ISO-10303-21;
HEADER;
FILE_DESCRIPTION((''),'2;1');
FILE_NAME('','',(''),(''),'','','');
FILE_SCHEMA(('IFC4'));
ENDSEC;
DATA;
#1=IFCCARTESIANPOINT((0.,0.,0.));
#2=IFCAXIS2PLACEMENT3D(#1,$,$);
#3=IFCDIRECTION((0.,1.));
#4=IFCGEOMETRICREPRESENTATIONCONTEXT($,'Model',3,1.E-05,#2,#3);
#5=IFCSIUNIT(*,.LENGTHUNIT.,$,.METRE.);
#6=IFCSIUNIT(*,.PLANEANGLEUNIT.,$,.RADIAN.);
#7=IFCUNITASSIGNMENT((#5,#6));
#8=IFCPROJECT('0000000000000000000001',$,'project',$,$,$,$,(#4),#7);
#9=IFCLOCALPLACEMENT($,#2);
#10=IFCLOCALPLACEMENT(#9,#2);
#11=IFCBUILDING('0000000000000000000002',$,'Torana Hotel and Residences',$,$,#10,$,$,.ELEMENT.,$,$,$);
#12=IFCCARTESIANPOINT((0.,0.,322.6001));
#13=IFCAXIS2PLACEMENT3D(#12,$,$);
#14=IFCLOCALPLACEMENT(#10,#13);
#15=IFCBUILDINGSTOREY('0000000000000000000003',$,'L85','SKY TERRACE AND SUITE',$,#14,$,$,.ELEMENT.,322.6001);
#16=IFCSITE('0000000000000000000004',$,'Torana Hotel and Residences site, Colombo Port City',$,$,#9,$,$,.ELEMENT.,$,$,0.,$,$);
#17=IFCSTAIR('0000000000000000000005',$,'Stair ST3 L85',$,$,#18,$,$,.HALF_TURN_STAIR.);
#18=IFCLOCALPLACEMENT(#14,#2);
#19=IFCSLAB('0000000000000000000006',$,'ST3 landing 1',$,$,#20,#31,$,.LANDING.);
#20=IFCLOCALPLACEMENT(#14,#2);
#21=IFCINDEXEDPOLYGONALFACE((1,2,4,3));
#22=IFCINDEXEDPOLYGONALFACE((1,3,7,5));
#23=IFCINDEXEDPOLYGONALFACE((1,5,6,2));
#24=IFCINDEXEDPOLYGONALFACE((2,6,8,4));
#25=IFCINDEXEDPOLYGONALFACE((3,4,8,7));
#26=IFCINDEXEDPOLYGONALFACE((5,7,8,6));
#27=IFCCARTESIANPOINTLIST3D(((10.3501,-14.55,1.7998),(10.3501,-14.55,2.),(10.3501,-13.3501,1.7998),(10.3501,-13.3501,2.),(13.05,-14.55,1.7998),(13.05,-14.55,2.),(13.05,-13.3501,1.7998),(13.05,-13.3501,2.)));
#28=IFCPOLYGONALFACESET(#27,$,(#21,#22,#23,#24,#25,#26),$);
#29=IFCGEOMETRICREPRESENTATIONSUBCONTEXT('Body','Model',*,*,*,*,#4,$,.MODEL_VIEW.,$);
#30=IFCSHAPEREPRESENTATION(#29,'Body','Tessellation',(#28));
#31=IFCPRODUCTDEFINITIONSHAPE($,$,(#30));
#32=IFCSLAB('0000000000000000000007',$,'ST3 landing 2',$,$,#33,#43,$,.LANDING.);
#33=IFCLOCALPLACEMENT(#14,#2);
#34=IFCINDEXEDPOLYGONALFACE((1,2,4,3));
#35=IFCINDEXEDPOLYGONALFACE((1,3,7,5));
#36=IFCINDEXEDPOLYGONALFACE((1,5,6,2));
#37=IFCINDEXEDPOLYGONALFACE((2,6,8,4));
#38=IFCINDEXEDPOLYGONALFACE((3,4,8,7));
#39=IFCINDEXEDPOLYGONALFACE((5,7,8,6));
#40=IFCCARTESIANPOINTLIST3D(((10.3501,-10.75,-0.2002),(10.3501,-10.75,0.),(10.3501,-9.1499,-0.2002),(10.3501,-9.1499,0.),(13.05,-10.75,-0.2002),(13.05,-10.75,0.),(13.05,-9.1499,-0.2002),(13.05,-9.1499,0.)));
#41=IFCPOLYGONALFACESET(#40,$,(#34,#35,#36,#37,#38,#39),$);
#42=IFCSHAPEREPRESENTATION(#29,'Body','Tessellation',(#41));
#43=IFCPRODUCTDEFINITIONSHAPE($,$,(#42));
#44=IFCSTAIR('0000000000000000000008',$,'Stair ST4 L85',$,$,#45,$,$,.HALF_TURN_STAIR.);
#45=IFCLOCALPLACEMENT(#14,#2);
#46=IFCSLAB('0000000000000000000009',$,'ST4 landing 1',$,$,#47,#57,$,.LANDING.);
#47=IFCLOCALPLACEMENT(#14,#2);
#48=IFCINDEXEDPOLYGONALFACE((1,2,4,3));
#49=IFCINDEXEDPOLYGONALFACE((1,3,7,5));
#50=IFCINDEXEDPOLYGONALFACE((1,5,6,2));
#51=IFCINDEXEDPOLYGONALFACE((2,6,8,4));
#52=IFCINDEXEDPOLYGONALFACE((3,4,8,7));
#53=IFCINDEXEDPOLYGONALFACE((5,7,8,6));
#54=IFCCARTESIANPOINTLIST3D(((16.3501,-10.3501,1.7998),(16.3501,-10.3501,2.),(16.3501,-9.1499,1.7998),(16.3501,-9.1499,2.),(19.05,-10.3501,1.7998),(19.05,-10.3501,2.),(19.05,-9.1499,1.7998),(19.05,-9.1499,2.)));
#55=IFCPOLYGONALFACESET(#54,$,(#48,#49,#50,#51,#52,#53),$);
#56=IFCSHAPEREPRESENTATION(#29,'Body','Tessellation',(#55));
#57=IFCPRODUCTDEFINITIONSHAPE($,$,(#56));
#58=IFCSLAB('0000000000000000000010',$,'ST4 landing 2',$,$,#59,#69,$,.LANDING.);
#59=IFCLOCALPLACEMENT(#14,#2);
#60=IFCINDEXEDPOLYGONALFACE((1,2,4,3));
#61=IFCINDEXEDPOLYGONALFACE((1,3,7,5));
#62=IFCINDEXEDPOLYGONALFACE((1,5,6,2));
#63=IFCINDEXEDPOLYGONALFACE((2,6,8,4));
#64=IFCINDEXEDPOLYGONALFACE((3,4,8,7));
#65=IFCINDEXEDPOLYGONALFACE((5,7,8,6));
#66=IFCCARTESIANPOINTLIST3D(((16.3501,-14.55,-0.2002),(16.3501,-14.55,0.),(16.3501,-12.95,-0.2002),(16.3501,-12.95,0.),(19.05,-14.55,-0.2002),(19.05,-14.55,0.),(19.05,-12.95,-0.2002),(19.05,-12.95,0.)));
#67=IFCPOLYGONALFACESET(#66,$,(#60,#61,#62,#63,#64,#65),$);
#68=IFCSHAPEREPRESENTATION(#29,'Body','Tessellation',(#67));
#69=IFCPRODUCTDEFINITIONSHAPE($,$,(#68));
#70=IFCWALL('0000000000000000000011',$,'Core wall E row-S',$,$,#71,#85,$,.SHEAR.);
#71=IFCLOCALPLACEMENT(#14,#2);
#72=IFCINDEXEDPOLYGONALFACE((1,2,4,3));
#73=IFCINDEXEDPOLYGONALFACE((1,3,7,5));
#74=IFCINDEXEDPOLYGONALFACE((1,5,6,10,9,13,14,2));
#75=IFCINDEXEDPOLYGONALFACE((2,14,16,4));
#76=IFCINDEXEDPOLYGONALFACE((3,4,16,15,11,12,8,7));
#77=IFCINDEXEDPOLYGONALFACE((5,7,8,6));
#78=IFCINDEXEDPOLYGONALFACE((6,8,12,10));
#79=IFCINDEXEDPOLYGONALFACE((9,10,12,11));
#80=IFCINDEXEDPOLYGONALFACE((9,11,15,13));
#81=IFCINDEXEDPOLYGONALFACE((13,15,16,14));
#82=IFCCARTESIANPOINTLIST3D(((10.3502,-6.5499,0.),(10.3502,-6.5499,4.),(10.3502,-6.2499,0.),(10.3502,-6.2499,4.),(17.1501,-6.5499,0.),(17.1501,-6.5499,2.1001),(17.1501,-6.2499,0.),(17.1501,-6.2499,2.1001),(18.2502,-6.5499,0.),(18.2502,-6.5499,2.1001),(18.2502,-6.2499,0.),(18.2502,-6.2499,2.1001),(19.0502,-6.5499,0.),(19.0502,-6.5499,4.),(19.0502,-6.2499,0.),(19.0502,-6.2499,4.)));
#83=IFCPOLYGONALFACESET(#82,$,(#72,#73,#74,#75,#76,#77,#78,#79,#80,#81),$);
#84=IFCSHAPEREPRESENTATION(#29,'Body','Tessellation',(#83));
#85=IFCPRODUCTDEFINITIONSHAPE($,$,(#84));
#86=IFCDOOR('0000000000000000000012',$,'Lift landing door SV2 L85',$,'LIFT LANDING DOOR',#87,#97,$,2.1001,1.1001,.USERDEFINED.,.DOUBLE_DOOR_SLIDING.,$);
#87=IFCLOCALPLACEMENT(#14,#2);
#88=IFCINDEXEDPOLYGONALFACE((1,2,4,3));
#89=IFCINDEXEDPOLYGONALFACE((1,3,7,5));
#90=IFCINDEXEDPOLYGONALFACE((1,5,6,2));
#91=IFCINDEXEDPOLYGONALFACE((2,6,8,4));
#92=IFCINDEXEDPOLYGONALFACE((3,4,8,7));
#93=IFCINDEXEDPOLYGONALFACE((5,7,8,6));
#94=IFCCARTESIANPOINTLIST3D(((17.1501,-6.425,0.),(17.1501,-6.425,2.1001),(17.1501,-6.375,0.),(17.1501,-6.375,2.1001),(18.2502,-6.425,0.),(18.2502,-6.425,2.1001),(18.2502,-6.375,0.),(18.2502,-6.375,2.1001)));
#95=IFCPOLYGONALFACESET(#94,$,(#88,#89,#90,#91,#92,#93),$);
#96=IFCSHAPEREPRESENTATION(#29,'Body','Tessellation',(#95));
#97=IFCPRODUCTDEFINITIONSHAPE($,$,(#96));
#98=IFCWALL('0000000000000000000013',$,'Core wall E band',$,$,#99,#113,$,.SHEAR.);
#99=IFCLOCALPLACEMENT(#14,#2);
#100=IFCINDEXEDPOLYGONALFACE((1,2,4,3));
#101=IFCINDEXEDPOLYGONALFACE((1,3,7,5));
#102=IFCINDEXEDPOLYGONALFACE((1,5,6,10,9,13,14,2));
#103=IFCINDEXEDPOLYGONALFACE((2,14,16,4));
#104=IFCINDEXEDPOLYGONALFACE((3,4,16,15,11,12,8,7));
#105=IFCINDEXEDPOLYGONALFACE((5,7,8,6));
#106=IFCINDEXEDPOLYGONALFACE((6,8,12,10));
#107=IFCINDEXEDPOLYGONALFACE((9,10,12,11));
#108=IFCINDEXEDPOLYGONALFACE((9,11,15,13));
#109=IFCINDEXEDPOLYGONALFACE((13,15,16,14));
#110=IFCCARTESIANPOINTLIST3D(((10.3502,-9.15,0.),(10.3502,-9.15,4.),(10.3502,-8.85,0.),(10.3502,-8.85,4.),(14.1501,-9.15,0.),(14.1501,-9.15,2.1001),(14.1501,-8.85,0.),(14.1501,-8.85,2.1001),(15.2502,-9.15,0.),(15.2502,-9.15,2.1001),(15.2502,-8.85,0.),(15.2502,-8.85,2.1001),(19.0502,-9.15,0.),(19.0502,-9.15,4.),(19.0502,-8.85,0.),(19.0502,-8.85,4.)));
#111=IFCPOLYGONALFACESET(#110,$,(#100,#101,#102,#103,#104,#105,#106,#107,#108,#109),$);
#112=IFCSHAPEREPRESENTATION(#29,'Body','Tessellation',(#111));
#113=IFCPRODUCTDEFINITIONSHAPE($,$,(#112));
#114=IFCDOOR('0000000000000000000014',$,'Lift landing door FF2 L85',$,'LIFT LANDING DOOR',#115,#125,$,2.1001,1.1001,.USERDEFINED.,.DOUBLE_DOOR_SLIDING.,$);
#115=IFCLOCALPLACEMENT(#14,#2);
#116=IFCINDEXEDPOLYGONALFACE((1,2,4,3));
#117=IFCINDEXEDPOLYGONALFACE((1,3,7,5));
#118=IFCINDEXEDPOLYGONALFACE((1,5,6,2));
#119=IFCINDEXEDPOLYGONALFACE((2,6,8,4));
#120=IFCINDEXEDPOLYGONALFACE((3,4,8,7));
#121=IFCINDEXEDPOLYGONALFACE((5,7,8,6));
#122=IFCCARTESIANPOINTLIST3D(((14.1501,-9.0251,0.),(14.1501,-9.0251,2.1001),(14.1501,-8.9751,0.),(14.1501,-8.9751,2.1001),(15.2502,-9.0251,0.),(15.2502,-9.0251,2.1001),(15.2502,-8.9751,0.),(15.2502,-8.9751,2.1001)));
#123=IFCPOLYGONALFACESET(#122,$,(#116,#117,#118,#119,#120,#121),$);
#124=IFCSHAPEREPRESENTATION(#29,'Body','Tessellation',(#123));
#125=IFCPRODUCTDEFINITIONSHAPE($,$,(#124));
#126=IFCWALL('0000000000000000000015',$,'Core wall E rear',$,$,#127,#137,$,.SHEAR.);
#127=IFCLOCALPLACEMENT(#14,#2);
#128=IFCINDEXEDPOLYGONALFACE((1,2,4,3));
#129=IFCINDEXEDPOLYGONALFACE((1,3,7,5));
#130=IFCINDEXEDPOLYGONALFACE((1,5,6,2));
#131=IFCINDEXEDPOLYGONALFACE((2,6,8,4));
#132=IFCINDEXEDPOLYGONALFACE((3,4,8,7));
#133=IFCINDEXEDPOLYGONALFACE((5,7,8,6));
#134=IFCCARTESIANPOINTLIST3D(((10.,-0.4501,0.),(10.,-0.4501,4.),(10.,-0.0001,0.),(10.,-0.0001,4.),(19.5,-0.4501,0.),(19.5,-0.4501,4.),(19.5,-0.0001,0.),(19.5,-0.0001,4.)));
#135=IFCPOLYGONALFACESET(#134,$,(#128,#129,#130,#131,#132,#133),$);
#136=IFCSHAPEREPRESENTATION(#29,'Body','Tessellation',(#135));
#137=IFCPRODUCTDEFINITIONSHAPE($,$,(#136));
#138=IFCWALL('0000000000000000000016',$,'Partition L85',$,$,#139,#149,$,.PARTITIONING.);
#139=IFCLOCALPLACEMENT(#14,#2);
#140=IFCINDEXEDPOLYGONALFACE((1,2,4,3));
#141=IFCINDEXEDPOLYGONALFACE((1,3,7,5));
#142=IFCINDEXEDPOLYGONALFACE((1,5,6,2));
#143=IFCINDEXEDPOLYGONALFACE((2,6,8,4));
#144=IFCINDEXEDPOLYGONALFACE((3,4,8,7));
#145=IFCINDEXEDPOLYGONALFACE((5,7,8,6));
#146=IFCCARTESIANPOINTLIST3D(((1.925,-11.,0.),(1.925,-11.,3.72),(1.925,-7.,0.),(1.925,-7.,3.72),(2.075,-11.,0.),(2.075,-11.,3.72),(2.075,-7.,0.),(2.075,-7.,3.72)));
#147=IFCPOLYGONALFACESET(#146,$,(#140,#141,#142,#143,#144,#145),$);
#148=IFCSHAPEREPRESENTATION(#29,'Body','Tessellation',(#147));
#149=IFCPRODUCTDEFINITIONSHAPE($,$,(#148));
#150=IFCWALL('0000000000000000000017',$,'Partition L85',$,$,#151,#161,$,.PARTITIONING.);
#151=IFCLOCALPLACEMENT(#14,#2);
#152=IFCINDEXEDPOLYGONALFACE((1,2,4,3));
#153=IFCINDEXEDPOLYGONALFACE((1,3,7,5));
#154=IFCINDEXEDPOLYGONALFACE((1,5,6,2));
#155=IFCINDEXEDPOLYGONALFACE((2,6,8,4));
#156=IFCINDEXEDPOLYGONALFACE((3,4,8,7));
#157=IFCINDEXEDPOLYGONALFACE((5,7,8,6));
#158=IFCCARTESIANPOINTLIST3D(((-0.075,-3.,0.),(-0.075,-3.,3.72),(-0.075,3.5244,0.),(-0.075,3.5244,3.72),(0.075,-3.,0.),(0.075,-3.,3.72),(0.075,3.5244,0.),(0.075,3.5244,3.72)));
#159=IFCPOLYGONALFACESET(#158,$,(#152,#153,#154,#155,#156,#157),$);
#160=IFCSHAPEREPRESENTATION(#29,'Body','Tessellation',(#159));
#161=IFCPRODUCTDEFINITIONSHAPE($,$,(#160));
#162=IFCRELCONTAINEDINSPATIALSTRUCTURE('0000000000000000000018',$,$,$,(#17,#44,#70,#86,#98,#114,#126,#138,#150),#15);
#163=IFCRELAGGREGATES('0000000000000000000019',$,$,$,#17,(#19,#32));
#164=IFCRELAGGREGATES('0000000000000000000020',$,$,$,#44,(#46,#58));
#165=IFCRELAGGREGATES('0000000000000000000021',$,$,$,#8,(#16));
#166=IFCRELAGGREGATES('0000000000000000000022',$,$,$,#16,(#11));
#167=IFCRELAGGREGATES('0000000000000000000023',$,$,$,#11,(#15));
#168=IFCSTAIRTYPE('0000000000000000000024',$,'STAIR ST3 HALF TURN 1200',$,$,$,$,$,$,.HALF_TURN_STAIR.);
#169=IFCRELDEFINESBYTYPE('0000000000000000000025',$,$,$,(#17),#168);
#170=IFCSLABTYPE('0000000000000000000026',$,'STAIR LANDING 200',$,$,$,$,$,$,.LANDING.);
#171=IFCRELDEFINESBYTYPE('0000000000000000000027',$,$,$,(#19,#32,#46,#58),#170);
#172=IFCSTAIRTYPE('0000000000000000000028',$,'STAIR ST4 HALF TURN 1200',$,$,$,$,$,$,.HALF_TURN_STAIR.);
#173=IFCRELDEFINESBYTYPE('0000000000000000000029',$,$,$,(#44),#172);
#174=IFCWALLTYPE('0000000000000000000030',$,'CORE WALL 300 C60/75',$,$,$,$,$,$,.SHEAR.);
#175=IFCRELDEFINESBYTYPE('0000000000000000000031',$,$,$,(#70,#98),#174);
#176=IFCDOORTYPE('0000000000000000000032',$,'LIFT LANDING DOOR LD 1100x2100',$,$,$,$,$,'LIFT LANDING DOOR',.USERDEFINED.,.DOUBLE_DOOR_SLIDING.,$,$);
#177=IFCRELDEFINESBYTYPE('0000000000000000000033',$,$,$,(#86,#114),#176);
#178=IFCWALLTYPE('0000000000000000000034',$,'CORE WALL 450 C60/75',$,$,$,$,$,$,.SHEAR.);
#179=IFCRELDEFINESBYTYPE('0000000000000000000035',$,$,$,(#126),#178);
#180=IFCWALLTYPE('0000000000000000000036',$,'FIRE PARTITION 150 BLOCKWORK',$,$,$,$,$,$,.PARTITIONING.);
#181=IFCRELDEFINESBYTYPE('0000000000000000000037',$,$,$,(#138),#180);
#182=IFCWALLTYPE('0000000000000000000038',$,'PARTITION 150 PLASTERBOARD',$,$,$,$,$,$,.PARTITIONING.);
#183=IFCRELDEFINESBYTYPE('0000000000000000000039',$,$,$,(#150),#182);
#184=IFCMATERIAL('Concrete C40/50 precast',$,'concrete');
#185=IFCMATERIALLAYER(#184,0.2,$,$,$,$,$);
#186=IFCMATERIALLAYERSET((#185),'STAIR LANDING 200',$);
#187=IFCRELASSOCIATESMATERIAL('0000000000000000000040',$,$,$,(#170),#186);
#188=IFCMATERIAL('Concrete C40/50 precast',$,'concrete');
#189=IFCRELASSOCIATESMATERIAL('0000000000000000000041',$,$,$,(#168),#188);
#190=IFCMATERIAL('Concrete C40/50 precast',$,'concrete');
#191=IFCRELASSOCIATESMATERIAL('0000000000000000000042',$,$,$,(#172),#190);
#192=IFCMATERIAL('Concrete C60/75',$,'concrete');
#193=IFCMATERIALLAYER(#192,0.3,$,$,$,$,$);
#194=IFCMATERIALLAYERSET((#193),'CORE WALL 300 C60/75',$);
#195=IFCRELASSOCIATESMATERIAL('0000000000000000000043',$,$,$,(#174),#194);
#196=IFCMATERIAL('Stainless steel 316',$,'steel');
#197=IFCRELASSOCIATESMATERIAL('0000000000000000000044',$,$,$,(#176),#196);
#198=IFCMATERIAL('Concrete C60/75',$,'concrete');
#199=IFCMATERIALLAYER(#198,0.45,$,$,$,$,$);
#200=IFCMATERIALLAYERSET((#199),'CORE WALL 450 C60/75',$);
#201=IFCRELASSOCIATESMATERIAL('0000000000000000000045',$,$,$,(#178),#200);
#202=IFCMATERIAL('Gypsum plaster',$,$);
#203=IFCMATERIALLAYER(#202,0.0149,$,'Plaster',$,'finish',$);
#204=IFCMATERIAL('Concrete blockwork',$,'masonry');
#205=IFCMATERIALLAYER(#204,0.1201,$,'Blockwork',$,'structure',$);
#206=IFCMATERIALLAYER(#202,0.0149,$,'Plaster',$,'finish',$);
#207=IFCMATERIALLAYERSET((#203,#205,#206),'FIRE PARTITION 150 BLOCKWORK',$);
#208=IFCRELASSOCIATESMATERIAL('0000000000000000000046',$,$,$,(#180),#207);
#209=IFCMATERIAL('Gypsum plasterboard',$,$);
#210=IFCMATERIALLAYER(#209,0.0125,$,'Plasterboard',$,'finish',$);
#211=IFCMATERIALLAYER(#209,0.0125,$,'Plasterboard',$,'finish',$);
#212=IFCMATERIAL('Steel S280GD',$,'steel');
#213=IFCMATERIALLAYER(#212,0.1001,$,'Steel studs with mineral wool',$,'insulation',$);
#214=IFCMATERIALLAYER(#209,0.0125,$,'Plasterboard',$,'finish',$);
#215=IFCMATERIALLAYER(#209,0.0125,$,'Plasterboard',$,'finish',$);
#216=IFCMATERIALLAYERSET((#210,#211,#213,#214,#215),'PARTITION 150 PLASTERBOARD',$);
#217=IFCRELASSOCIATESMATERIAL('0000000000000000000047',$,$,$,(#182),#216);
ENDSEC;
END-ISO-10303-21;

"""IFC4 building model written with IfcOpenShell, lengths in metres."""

from ifc_helpers import new_model, si_unit, direction, frame, frame_2d, origin, place, context, subcontext, project, spatial, polyline, rectangle, outline, extrude, material, layer, layer_set, type_object, element, fill, aggregate, save


model = new_model("IFC4")

# Units and contexts
model_context = context("Model", 3, precision=1e-05, world=origin(), true_north=direction((0.0, 1.0)))
body_context = subcontext(model_context, "Body", "Model", "MODEL_VIEW")
ifc_project = project(units=[si_unit("LENGTHUNIT", "METRE"), si_unit("PLANEANGLEUNIT", "RADIAN")], contexts=[model_context])

# Site, building, storey
site_placement = place(None, origin())
site = spatial("IfcSite", under=ifc_project, at=site_placement, Name="Torana Hotel and Residences site, Colombo Port City", CompositionType="ELEMENT", RefElevation=0.0)
building_placement = place(site_placement, origin())
building = spatial("IfcBuilding", under=site, at=building_placement, Name="Torana Hotel and Residences", CompositionType="ELEMENT")
storey_placement = place(building_placement, frame((0.0, 0.0, 322.6001)))
storey = spatial("IfcBuildingStorey", under=building, at=storey_placement, Name="L85", Description="SKY TERRACE AND SUITE", CompositionType="ELEMENT", Elevation=322.6001)

# Stairs, slabs
ifc_material_1 = material(Name="Concrete C40/50 precast", Category="concrete")
ifc_layer_1 = layer(ifc_material_1, 0.2)
ifc_layer_set_1 = layer_set([ifc_layer_1], Name="STAIR LANDING 200")
slab_type_1 = type_object("IfcSlabType", Name="STAIR LANDING 200", PredefinedType="LANDING", material=ifc_layer_set_1)
ifc_material_2 = material(Name="Concrete C40/50 precast", Category="concrete")
stair_type_1 = type_object("IfcStairType", Name="STAIR ST3 HALF TURN 1200", PredefinedType="HALF_TURN_STAIR", material=ifc_material_2)
stair_1_placement = place(storey_placement, origin())
stair_1 = element("IfcStair", 1, at=stair_1_placement, inside=storey, type_object=stair_type_1, Name="Stair ST3 L85", PredefinedType="HALF_TURN_STAIR")
slab_1_placement = place(storey_placement, frame((0.0, 0.0, 1.7998)))
slab_1 = element("IfcSlab", 2, at=slab_1_placement, type_object=slab_type_1, Name="ST3 landing 1", PredefinedType="LANDING", context=body_context, shape_type="SweptSolid", body=[
    extrude(outline(polyline([(10.3501, -14.55), (13.05, -14.55), (13.05, -13.3501), (10.3501, -13.3501), (10.3501, -14.55)])), origin(), (0.0, 0.0, 1.0), 0.2002),
])
slab_2_placement = place(storey_placement, frame((0.0, 0.0, -0.2002)))
slab_2 = element("IfcSlab", 3, at=slab_2_placement, type_object=slab_type_1, Name="ST3 landing 2", PredefinedType="LANDING", context=body_context, shape_type="SweptSolid", body=[
    extrude(outline(polyline([(10.3501, -10.75), (13.05, -10.75), (13.05, -9.1499), (10.3501, -9.1499), (10.3501, -10.75)])), origin(), (0.0, 0.0, 1.0), 0.2002),
])
aggregate(stair_1, [slab_1, slab_2])
ifc_material_3 = material(Name="Concrete C40/50 precast", Category="concrete")
stair_type_2 = type_object("IfcStairType", Name="STAIR ST4 HALF TURN 1200", PredefinedType="HALF_TURN_STAIR", material=ifc_material_3)
stair_2_placement = place(storey_placement, origin())
stair_2 = element("IfcStair", 4, at=stair_2_placement, inside=storey, type_object=stair_type_2, Name="Stair ST4 L85", PredefinedType="HALF_TURN_STAIR")
slab_3_placement = place(storey_placement, frame((0.0, 0.0, 1.7998)))
slab_3 = element("IfcSlab", 5, at=slab_3_placement, type_object=slab_type_1, Name="ST4 landing 1", PredefinedType="LANDING", context=body_context, shape_type="SweptSolid", body=[
    extrude(outline(polyline([(16.3501, -10.3501), (19.05, -10.3501), (19.05, -9.1499), (16.3501, -9.1499), (16.3501, -10.3501)])), origin(), (0.0, 0.0, 1.0), 0.2002),
])
slab_4_placement = place(storey_placement, frame((0.0, 0.0, -0.2002)))
slab_4 = element("IfcSlab", 6, at=slab_4_placement, type_object=slab_type_1, Name="ST4 landing 2", PredefinedType="LANDING", context=body_context, shape_type="SweptSolid", body=[
    extrude(outline(polyline([(16.3501, -14.55), (19.05, -14.55), (19.05, -12.95), (16.3501, -12.95), (16.3501, -14.55)])), origin(), (0.0, 0.0, 1.0), 0.2002),
])
aggregate(stair_2, [slab_3, slab_4])

# Walls, openings, doors
ifc_material_4 = material(Name="Concrete C60/75", Category="concrete")
ifc_layer_2 = layer(ifc_material_4, 0.3)
ifc_layer_set_2 = layer_set([ifc_layer_2], Name="CORE WALL 300 C60/75")
wall_type_1 = type_object("IfcWallType", Name="CORE WALL 300 C60/75", PredefinedType="SHEAR", material=ifc_layer_set_2)
wall_1_placement = place(storey_placement, frame((10.3501, -6.3999, 0.0), z_axis=(0.0, 0.0, 1.0), x_axis=(1.0, 0.0, 0.0)))
wall_1 = element("IfcWall", 7, at=wall_1_placement, inside=storey, type_object=wall_type_1, Name="Core wall E row-S", PredefinedType="SHEAR", context=body_context, shape_type="SweptSolid", body=[
    extrude(rectangle(XDim=8.7, YDim=0.3, at=frame_2d((4.3501, 0.0))), origin(), (0.0, 0.0, 1.0), 4.0),
])
opening_1_placement = place(wall_1_placement, frame((6.8, 0.0, 0.0)))
opening_1 = element("IfcOpeningElement", 8, at=opening_1_placement, cuts=wall_1, PredefinedType="OPENING", context=body_context, shape_type="SweptSolid", body=[
    extrude(rectangle(XDim=1.1001, YDim=2.1001, at=frame_2d((0.55, 1.05))), frame((0.0, 0.1599, 0.0), z_axis=(0.0, -1.0, 0.0), x_axis=(1.0, 0.0, 0.0)), (0.0, 0.0, 1.0), 0.3201),
])
ifc_material_5 = material(Name="Stainless steel 316", Category="steel")
door_type = type_object("IfcDoorType", Name="LIFT LANDING DOOR LD 1100x2100", ElementType="LIFT LANDING DOOR", OperationType="DOUBLE_DOOR_SLIDING", PredefinedType="USERDEFINED", material=ifc_material_5)
door_1_placement = place(opening_1_placement, origin())
door_1 = element("IfcDoor", 9, at=door_1_placement, inside=storey, type_object=door_type, Name="Lift landing door SV2 L85", ObjectType="LIFT LANDING DOOR", OperationType="DOUBLE_DOOR_SLIDING", OverallHeight=2.1001, OverallWidth=1.1001, PredefinedType="USERDEFINED", context=body_context, shape_type="SweptSolid", body=[
    extrude(rectangle(XDim=1.1001, YDim=2.1001, at=frame_2d((0.55, 1.05))), frame((0.0, 0.0249, 0.0), z_axis=(0.0, -1.0, 0.0), x_axis=(1.0, 0.0, 0.0)), (0.0, 0.0, 1.0), 0.05),
])
fill(opening_1, door_1)
wall_2_placement = place(storey_placement, frame((10.3501, -9.0, 0.0), z_axis=(0.0, 0.0, 1.0), x_axis=(1.0, 0.0, 0.0)))
wall_2 = element("IfcWall", 10, at=wall_2_placement, inside=storey, type_object=wall_type_1, Name="Core wall E band", PredefinedType="SHEAR", context=body_context, shape_type="SweptSolid", body=[
    extrude(rectangle(XDim=8.7, YDim=0.3, at=frame_2d((4.3501, 0.0))), origin(), (0.0, 0.0, 1.0), 4.0),
])
opening_2_placement = place(wall_2_placement, frame((3.8, 0.0, 0.0)))
opening_2 = element("IfcOpeningElement", 11, at=opening_2_placement, cuts=wall_2, PredefinedType="OPENING", context=body_context, shape_type="SweptSolid", body=[
    extrude(rectangle(XDim=1.1001, YDim=2.1001, at=frame_2d((0.55, 1.05))), frame((0.0, 0.1599, 0.0), z_axis=(0.0, -1.0, 0.0), x_axis=(1.0, 0.0, 0.0)), (0.0, 0.0, 1.0), 0.3201),
])
door_2_placement = place(opening_2_placement, origin())
door_2 = element("IfcDoor", 12, at=door_2_placement, inside=storey, type_object=door_type, Name="Lift landing door FF2 L85", ObjectType="LIFT LANDING DOOR", OperationType="DOUBLE_DOOR_SLIDING", OverallHeight=2.1001, OverallWidth=1.1001, PredefinedType="USERDEFINED", context=body_context, shape_type="SweptSolid", body=[
    extrude(rectangle(XDim=1.1001, YDim=2.1001, at=frame_2d((0.55, 1.05))), frame((0.0, 0.0249, 0.0), z_axis=(0.0, -1.0, 0.0), x_axis=(1.0, 0.0, 0.0)), (0.0, 0.0, 1.0), 0.05),
])
fill(opening_2, door_2)

# Walls
ifc_material_6 = material(Name="Concrete C60/75", Category="concrete")
ifc_layer_3 = layer(ifc_material_6, 0.45)
ifc_layer_set_3 = layer_set([ifc_layer_3], Name="CORE WALL 450 C60/75")
wall_type_2 = type_object("IfcWallType", Name="CORE WALL 450 C60/75", PredefinedType="SHEAR", material=ifc_layer_set_3)
wall_3_placement = place(storey_placement, frame((10.0, -0.2251, 0.0), z_axis=(0.0, 0.0, 1.0), x_axis=(1.0, 0.0, 0.0)))
element("IfcWall", 13, at=wall_3_placement, inside=storey, type_object=wall_type_2, Name="Core wall E rear", PredefinedType="SHEAR", context=body_context, shape_type="SweptSolid", body=[
    extrude(rectangle(XDim=9.5, YDim=0.45, at=frame_2d((4.75, 0.0))), origin(), (0.0, 0.0, 1.0), 4.0),
])
ifc_material_7 = material(Name="Gypsum plaster")
ifc_layer_4 = layer(ifc_material_7, 0.0149, Name="Plaster", Category="finish")
ifc_material_8 = material(Name="Concrete blockwork", Category="masonry")
ifc_layer_5 = layer(ifc_material_8, 0.1201, Name="Blockwork", Category="structure")
ifc_layer_6 = layer(ifc_material_7, 0.0149, Name="Plaster", Category="finish")
ifc_layer_set_4 = layer_set([ifc_layer_4, ifc_layer_5, ifc_layer_6], Name="FIRE PARTITION 150 BLOCKWORK")
wall_type_3 = type_object("IfcWallType", Name="FIRE PARTITION 150 BLOCKWORK", PredefinedType="PARTITIONING", material=ifc_layer_set_4)
wall_4_placement = place(storey_placement, frame((2.0, -11.0, 0.0), z_axis=(0.0, 0.0, 1.0), x_axis=(0.0, 1.0, 0.0)))
element("IfcWall", 14, at=wall_4_placement, inside=storey, type_object=wall_type_3, Name="Partition L85", PredefinedType="PARTITIONING", context=body_context, shape_type="SweptSolid", body=[
    extrude(rectangle(XDim=4.0, YDim=0.1499, at=frame_2d((2.0, 0.0))), origin(), (0.0, 0.0, 1.0), 3.72),
])
ifc_material_9 = material(Name="Gypsum plasterboard")
ifc_layer_7 = layer(ifc_material_9, 0.0125, Name="Plasterboard", Category="finish")
ifc_layer_8 = layer(ifc_material_9, 0.0125, Name="Plasterboard", Category="finish")
ifc_material_10 = material(Name="Steel S280GD", Category="steel")
ifc_layer_9 = layer(ifc_material_10, 0.1001, Name="Steel studs with mineral wool", Category="insulation")
ifc_layer_10 = layer(ifc_material_9, 0.0125, Name="Plasterboard", Category="finish")
ifc_layer_11 = layer(ifc_material_9, 0.0125, Name="Plasterboard", Category="finish")
ifc_layer_set_5 = layer_set([ifc_layer_7, ifc_layer_8, ifc_layer_9, ifc_layer_10, ifc_layer_11], Name="PARTITION 150 PLASTERBOARD")
wall_type_4 = type_object("IfcWallType", Name="PARTITION 150 PLASTERBOARD", PredefinedType="PARTITIONING", material=ifc_layer_set_5)
wall_5_placement = place(storey_placement, frame((0.0, -3.0, 0.0), z_axis=(0.0, 0.0, 1.0), x_axis=(0.0, 1.0, 0.0)))
element("IfcWall", 15, at=wall_5_placement, inside=storey, type_object=wall_type_4, Name="Partition L85", PredefinedType="PARTITIONING", context=body_context, shape_type="SweptSolid", body=[
    extrude(rectangle(XDim=6.5244, YDim=0.1499, at=frame_2d((3.2622, 0.0))), origin(), (0.0, 0.0, 1.0), 3.72),
])

save(model, "model.ifc")
